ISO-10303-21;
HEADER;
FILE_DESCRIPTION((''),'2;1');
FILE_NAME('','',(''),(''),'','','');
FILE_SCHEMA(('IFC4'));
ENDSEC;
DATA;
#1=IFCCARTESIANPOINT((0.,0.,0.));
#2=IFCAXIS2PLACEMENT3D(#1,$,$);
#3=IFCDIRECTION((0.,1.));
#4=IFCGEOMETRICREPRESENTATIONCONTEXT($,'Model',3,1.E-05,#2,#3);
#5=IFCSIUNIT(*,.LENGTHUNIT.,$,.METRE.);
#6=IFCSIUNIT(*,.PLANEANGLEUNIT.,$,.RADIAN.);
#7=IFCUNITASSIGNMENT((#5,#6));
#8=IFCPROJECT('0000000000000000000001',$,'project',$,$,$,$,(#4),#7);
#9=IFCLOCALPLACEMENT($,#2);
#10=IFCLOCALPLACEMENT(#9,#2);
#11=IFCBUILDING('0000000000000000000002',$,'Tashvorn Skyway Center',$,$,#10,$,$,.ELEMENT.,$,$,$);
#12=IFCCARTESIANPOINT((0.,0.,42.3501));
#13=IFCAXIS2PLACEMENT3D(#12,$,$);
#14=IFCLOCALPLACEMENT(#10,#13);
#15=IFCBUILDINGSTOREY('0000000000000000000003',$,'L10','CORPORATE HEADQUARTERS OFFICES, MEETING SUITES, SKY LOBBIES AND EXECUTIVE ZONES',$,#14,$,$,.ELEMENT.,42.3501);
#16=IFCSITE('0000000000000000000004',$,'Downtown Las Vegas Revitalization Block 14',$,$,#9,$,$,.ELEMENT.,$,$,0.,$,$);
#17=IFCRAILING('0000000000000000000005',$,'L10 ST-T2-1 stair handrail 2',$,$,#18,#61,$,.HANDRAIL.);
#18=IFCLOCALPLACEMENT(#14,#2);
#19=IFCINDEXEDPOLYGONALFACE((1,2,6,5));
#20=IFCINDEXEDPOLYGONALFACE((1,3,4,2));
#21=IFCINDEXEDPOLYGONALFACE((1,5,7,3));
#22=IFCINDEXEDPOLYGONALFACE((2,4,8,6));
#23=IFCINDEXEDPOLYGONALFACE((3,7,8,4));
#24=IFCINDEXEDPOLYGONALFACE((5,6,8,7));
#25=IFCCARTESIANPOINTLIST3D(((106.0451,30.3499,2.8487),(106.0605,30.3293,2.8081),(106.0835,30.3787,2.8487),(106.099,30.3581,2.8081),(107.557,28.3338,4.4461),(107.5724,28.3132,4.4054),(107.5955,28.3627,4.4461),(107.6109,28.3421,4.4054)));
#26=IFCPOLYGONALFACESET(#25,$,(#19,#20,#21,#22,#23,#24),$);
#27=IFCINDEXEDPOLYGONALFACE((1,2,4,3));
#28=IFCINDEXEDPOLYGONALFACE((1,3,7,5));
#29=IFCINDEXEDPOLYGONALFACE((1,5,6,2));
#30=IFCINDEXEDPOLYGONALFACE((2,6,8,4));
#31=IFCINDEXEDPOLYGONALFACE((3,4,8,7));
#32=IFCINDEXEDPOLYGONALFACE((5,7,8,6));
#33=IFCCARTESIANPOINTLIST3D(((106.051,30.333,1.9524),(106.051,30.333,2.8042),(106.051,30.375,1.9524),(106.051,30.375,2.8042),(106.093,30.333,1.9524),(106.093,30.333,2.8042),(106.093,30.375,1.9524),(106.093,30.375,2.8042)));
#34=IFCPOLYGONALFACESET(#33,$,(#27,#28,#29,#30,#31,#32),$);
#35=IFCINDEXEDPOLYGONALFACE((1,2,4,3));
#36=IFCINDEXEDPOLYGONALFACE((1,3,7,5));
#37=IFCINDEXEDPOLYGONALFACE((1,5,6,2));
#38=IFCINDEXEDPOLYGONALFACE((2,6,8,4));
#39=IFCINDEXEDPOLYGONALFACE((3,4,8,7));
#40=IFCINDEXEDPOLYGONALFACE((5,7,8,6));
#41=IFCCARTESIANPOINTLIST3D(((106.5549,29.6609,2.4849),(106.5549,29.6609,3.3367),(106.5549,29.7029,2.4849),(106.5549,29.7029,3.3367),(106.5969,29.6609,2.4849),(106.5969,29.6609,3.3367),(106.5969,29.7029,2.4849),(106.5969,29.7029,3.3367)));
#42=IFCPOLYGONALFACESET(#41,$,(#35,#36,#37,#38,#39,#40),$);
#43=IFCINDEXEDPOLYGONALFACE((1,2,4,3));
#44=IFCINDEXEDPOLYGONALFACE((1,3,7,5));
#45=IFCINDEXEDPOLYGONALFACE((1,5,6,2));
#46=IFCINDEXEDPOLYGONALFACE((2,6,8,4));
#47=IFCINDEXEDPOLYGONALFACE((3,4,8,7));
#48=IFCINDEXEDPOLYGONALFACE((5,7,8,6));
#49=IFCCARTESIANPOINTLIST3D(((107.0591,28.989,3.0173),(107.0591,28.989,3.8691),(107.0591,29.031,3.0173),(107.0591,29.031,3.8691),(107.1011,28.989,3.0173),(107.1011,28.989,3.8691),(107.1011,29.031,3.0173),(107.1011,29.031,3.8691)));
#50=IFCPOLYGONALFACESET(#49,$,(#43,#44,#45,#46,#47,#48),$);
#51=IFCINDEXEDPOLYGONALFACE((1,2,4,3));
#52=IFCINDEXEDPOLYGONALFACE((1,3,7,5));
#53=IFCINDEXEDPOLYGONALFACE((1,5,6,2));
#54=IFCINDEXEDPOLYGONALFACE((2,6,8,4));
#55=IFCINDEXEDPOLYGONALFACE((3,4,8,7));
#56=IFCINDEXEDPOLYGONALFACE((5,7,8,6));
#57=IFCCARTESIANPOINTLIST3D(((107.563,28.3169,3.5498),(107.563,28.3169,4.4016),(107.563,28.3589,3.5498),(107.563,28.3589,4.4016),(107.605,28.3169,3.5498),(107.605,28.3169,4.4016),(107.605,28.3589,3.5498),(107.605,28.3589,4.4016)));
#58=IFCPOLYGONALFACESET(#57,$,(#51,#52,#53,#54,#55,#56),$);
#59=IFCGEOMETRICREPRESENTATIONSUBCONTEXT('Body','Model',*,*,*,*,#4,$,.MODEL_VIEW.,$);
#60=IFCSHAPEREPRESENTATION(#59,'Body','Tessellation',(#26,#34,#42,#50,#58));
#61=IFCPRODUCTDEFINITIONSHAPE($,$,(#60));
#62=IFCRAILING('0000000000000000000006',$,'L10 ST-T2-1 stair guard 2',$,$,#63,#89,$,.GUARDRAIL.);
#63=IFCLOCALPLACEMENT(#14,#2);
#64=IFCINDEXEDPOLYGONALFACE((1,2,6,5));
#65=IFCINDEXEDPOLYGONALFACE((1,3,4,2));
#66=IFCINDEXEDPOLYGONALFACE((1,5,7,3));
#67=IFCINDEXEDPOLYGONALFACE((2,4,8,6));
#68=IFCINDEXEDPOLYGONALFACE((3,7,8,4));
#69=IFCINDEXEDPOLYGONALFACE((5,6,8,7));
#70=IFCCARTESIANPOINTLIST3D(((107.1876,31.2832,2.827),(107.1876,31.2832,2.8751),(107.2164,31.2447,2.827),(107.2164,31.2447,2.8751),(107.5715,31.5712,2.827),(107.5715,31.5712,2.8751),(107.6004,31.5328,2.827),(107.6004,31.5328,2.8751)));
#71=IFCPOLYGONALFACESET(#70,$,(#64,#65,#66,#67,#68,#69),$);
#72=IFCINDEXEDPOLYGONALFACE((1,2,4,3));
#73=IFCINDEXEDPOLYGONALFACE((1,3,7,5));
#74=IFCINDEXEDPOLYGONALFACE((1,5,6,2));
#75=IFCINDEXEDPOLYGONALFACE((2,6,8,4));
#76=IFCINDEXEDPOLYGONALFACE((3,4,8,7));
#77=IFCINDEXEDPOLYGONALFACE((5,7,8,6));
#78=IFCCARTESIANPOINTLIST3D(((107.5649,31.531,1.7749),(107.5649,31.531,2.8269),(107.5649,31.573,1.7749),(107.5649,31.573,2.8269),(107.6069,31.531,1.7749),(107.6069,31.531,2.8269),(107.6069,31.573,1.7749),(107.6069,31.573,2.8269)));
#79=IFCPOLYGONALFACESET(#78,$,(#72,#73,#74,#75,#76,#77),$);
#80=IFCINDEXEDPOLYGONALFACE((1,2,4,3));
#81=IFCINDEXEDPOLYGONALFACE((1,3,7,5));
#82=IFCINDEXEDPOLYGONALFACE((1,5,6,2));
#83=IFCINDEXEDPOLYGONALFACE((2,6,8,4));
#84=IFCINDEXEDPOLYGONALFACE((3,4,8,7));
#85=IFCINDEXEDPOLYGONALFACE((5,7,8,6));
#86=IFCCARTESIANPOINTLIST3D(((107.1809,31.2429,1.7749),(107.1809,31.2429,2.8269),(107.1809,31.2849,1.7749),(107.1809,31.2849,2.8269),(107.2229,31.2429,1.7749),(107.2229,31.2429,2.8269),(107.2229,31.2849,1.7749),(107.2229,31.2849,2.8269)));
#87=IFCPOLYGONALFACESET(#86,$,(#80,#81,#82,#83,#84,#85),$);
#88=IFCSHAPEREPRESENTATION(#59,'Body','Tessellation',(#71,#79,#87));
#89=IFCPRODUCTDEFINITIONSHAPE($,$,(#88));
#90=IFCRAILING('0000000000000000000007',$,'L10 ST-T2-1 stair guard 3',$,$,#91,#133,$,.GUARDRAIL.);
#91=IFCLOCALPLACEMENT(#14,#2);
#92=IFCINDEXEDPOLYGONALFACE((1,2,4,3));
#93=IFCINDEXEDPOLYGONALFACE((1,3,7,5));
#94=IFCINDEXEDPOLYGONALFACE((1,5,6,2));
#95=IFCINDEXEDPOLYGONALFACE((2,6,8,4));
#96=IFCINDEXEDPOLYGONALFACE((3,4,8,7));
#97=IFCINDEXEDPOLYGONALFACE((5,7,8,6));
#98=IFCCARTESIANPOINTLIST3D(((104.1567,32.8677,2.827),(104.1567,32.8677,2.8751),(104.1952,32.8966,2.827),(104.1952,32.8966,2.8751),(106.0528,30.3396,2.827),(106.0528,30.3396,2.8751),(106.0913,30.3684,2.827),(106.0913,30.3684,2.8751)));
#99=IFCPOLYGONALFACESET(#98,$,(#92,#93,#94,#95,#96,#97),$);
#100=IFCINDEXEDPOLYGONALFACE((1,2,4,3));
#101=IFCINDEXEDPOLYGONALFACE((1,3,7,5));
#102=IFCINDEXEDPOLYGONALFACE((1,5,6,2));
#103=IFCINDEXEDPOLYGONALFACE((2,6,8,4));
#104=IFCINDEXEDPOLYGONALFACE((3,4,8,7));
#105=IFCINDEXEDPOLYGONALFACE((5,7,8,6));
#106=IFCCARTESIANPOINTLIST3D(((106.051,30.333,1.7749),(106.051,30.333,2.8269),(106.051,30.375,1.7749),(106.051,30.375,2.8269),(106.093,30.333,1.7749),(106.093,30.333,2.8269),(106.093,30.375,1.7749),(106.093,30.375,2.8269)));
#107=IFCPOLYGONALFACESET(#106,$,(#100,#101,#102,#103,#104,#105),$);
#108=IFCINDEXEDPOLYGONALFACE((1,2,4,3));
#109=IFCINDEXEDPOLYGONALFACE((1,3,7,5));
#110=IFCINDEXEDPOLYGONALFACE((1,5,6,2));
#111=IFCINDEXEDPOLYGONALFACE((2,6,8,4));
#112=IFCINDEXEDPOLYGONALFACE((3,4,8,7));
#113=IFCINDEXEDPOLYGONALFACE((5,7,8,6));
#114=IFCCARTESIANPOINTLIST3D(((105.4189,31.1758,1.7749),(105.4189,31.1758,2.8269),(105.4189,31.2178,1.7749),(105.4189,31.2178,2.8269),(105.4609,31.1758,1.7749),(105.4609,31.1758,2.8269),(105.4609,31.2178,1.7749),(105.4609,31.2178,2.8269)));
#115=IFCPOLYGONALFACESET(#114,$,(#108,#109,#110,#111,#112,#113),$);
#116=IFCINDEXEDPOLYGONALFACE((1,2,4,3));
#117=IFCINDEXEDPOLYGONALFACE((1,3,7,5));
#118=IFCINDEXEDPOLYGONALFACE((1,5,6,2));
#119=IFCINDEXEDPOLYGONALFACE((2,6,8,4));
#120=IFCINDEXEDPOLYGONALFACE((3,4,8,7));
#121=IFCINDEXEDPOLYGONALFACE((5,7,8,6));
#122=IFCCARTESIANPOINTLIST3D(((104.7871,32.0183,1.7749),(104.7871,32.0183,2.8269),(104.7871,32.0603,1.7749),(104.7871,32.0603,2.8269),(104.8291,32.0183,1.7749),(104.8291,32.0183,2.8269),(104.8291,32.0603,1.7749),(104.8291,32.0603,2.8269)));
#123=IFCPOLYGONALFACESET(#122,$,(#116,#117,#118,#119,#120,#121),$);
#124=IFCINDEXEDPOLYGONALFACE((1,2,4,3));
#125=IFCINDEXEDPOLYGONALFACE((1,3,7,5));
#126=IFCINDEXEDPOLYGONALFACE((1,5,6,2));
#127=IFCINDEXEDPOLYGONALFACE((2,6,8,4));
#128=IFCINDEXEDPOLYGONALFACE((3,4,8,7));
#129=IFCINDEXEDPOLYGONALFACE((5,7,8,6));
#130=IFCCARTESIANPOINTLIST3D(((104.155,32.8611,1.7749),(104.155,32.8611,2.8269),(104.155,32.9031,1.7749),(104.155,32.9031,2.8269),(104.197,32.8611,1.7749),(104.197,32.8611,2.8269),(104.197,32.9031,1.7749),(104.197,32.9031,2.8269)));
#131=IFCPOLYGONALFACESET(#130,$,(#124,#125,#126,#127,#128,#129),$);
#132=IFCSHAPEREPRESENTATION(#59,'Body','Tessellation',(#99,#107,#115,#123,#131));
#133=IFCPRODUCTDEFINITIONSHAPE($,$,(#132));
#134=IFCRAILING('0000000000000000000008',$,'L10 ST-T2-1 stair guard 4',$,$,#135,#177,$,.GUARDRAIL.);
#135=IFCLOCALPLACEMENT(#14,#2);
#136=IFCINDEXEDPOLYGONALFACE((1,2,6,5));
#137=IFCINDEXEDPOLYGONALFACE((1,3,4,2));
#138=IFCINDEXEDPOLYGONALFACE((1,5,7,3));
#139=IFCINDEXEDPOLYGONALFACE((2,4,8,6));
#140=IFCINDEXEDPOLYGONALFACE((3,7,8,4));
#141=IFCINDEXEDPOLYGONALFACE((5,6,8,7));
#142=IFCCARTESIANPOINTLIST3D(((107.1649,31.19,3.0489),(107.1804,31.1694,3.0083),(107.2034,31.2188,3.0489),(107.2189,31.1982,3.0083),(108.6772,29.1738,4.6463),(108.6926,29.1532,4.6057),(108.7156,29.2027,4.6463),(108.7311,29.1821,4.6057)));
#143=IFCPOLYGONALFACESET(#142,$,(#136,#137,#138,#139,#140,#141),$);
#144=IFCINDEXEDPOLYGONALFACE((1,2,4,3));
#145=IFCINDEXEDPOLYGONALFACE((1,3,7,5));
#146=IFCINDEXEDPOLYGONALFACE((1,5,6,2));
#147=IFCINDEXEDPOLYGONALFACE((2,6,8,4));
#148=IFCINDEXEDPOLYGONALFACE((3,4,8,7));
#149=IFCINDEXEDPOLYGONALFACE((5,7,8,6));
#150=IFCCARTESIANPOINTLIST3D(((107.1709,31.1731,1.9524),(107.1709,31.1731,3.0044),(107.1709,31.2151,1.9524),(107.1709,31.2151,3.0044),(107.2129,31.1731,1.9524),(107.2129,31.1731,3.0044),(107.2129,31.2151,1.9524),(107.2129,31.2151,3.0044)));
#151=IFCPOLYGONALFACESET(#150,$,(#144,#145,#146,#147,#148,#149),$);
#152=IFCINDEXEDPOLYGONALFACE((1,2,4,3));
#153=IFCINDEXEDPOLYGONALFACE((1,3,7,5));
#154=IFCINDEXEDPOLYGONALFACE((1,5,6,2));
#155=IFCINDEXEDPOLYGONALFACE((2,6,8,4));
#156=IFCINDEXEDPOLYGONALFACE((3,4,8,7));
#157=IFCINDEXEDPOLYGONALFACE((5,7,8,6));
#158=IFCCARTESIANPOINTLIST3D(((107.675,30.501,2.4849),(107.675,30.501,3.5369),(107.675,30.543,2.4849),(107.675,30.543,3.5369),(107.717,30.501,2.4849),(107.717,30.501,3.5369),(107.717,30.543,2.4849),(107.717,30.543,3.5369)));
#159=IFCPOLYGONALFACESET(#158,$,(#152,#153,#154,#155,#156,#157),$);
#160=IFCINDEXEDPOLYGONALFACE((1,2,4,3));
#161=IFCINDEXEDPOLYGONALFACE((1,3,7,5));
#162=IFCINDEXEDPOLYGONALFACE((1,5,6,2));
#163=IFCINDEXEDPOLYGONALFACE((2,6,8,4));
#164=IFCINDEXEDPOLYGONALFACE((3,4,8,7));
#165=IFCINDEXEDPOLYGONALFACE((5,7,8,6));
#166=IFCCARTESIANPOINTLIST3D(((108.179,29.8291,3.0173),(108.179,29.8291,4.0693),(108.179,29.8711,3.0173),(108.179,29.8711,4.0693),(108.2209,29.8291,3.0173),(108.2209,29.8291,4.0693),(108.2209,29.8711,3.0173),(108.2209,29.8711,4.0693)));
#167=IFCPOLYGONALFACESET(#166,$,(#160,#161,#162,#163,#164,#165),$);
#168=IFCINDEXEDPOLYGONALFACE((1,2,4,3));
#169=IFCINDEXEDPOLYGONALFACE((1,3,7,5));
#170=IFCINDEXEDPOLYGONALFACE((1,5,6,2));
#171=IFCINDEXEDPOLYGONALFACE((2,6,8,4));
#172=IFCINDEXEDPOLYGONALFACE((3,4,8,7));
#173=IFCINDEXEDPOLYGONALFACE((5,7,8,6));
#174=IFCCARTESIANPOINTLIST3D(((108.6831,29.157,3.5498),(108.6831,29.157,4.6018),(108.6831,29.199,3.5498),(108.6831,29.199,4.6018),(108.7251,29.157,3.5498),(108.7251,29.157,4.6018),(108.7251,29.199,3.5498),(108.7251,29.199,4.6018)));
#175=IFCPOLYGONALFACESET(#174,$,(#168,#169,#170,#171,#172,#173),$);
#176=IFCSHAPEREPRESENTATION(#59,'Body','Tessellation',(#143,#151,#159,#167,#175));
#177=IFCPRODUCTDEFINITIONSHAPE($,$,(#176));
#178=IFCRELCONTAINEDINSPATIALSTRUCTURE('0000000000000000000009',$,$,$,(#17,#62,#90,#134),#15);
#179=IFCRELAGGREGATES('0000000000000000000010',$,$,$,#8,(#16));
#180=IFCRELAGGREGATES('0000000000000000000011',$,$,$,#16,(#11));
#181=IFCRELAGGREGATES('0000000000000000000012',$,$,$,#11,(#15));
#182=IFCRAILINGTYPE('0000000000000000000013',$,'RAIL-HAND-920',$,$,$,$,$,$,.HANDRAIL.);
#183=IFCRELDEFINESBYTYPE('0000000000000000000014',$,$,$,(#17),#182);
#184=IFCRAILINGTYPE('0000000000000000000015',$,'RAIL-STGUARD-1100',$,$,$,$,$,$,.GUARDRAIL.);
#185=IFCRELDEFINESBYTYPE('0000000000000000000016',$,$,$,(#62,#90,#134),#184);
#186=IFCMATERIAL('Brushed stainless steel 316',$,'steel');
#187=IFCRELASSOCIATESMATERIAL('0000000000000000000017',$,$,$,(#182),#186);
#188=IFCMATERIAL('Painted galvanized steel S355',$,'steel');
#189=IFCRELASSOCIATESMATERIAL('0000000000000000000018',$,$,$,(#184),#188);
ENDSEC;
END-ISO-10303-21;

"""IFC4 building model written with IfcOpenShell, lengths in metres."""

from ifc_helpers import new_model, si_unit, direction, frame, origin, origin_2d, place, context, subcontext, project, spatial, rectangle, extrude, material, type_object, element, save


model = new_model("IFC4")

# Units and contexts
model_context = context("Model", 3, precision=1e-05, world=origin(), true_north=direction((0.0, 1.0)))
body_context = subcontext(model_context, "Body", "Model", "MODEL_VIEW")
ifc_project = project(units=[si_unit("LENGTHUNIT", "METRE"), si_unit("PLANEANGLEUNIT", "RADIAN")], contexts=[model_context])

# Site, building, storey
site_placement = place(None, origin())
site = spatial("IfcSite", under=ifc_project, at=site_placement, Name="Downtown Las Vegas Revitalization Block 14", CompositionType="ELEMENT", RefElevation=0.0)
building_placement = place(site_placement, origin())
building = spatial("IfcBuilding", under=site, at=building_placement, Name="Tashvorn Skyway Center", CompositionType="ELEMENT")
storey_placement = place(building_placement, frame((0.0, 0.0, 42.3501)))
storey = spatial("IfcBuildingStorey", under=building, at=storey_placement, Name="L10", Description="CORPORATE HEADQUARTERS OFFICES, MEETING SUITES, SKY LOBBIES AND EXECUTIVE ZONES", CompositionType="ELEMENT", Elevation=42.3501)

# Railings
ifc_material_1 = material(Name="Brushed stainless steel 316", Category="steel")
railing_type_1 = type_object("IfcRailingType", Name="RAIL-HAND-920", PredefinedType="HANDRAIL", material=ifc_material_1)
railing_1_placement = place(storey_placement, frame((106.072, 30.354, 1.9524)))
element("IfcRailing", 1, at=railing_1_placement, inside=storey, type_object=railing_type_1, Name="L10 ST-T2-1 stair handrail 2", PredefinedType="HANDRAIL", context=body_context, shape_type="SweptSolid", body=[
    extrude(rectangle(XDim=0.0481, YDim=0.0481, at=origin_2d()), frame((0.0, 0.0, 0.876), z_axis=(0.506741, -0.675709, 0.535379), x_axis=(0.800023, 0.599969, 0.0)), (0.0, 0.0, 1.0), 2.9836),
    extrude(rectangle(XDim=0.042, YDim=0.042, at=origin_2d()), origin(), (0.0, 0.0, 1.0), 0.8518),
    extrude(rectangle(XDim=0.042, YDim=0.042, at=origin_2d()), frame((0.5039, -0.6721, 0.5325)), (0.0, 0.0, 1.0), 0.8518),
    extrude(rectangle(XDim=0.042, YDim=0.042, at=origin_2d()), frame((1.0081, -1.344, 1.0649)), (0.0, 0.0, 1.0), 0.8518),
    extrude(rectangle(XDim=0.042, YDim=0.042, at=origin_2d()), frame((1.512, -2.0161, 1.5974)), (0.0, 0.0, 1.0), 0.8518),
])
ifc_material_2 = material(Name="Painted galvanized steel S355", Category="steel")
railing_type_2 = type_object("IfcRailingType", Name="RAIL-STGUARD-1100", PredefinedType="GUARDRAIL", material=ifc_material_2)
railing_2_placement = place(storey_placement, frame((107.5859, 31.552, 1.7749)))
element("IfcRailing", 2, at=railing_2_placement, inside=storey, type_object=railing_type_2, Name="L10 ST-T2-1 stair guard 2", PredefinedType="GUARDRAIL", context=body_context, shape_type="SweptSolid", body=[
    extrude(rectangle(XDim=0.0481, YDim=0.0481, at=origin_2d()), frame((0.0, 0.0, 1.0762), z_axis=(-0.799939, -0.600081, 0.0), x_axis=(0.600081, -0.799939, 0.0)), (0.0, 0.0, 1.0), 0.48),
    extrude(rectangle(XDim=0.042, YDim=0.042, at=origin_2d()), origin(), (0.0, 0.0, 1.0), 1.052),
    extrude(rectangle(XDim=0.042, YDim=0.042, at=origin_2d()), frame((-0.384, -0.2881, 0.0)), (0.0, 0.0, 1.0), 1.052),
])
railing_3_placement = place(storey_placement, frame((106.072, 30.354, 1.7749)))
element("IfcRailing", 3, at=railing_3_placement, inside=storey, type_object=railing_type_2, Name="L10 ST-T2-1 stair guard 3", PredefinedType="GUARDRAIL", context=body_context, shape_type="SweptSolid", body=[
    extrude(rectangle(XDim=0.0481, YDim=0.0481, at=origin_2d()), frame((0.0, 0.0, 1.0762), z_axis=(-0.599988, 0.800009, 0.0), x_axis=(-0.800009, -0.599988, 0.0)), (0.0, 0.0, 1.0), 3.1602),
    extrude(rectangle(XDim=0.042, YDim=0.042, at=origin_2d()), origin(), (0.0, 0.0, 1.0), 1.052),
    extrude(rectangle(XDim=0.042, YDim=0.042, at=origin_2d()), frame((-0.6321, 0.8428, 0.0)), (0.0, 0.0, 1.0), 1.052),
    extrude(rectangle(XDim=0.042, YDim=0.042, at=origin_2d()), frame((-1.2639, 1.6853, 0.0)), (0.0, 0.0, 1.0), 1.052),
    extrude(rectangle(XDim=0.042, YDim=0.042, at=origin_2d()), frame((-1.896, 2.5281, 0.0)), (0.0, 0.0, 1.0), 1.052),
])
railing_4_placement = place(storey_placement, frame((107.1919, 31.1941, 1.9524)))
element("IfcRailing", 4, at=railing_4_placement, inside=storey, type_object=railing_type_2, Name="L10 ST-T2-1 stair guard 4", PredefinedType="GUARDRAIL", context=body_context, shape_type="SweptSolid", body=[
    extrude(rectangle(XDim=0.0481, YDim=0.0481, at=origin_2d()), frame((0.0, 0.0, 1.0762), z_axis=(0.506802, -0.675681, 0.535357), x_axis=(0.799977, 0.600031, 0.0)), (0.0, 0.0, 1.0), 2.9839),
    extrude(rectangle(XDim=0.042, YDim=0.042, at=origin_2d()), origin(), (0.0, 0.0, 1.0), 1.052),
    extrude(rectangle(XDim=0.042, YDim=0.042, at=origin_2d()), frame((0.5042, -0.6721, 0.5325)), (0.0, 0.0, 1.0), 1.052),
    extrude(rectangle(XDim=0.042, YDim=0.042, at=origin_2d()), frame((1.0081, -1.344, 1.0649)), (0.0, 0.0, 1.0), 1.052),
    extrude(rectangle(XDim=0.042, YDim=0.042, at=origin_2d()), frame((1.5122, -2.0161, 1.5974)), (0.0, 0.0, 1.0), 1.052),
])

save(model, "model.ifc")
